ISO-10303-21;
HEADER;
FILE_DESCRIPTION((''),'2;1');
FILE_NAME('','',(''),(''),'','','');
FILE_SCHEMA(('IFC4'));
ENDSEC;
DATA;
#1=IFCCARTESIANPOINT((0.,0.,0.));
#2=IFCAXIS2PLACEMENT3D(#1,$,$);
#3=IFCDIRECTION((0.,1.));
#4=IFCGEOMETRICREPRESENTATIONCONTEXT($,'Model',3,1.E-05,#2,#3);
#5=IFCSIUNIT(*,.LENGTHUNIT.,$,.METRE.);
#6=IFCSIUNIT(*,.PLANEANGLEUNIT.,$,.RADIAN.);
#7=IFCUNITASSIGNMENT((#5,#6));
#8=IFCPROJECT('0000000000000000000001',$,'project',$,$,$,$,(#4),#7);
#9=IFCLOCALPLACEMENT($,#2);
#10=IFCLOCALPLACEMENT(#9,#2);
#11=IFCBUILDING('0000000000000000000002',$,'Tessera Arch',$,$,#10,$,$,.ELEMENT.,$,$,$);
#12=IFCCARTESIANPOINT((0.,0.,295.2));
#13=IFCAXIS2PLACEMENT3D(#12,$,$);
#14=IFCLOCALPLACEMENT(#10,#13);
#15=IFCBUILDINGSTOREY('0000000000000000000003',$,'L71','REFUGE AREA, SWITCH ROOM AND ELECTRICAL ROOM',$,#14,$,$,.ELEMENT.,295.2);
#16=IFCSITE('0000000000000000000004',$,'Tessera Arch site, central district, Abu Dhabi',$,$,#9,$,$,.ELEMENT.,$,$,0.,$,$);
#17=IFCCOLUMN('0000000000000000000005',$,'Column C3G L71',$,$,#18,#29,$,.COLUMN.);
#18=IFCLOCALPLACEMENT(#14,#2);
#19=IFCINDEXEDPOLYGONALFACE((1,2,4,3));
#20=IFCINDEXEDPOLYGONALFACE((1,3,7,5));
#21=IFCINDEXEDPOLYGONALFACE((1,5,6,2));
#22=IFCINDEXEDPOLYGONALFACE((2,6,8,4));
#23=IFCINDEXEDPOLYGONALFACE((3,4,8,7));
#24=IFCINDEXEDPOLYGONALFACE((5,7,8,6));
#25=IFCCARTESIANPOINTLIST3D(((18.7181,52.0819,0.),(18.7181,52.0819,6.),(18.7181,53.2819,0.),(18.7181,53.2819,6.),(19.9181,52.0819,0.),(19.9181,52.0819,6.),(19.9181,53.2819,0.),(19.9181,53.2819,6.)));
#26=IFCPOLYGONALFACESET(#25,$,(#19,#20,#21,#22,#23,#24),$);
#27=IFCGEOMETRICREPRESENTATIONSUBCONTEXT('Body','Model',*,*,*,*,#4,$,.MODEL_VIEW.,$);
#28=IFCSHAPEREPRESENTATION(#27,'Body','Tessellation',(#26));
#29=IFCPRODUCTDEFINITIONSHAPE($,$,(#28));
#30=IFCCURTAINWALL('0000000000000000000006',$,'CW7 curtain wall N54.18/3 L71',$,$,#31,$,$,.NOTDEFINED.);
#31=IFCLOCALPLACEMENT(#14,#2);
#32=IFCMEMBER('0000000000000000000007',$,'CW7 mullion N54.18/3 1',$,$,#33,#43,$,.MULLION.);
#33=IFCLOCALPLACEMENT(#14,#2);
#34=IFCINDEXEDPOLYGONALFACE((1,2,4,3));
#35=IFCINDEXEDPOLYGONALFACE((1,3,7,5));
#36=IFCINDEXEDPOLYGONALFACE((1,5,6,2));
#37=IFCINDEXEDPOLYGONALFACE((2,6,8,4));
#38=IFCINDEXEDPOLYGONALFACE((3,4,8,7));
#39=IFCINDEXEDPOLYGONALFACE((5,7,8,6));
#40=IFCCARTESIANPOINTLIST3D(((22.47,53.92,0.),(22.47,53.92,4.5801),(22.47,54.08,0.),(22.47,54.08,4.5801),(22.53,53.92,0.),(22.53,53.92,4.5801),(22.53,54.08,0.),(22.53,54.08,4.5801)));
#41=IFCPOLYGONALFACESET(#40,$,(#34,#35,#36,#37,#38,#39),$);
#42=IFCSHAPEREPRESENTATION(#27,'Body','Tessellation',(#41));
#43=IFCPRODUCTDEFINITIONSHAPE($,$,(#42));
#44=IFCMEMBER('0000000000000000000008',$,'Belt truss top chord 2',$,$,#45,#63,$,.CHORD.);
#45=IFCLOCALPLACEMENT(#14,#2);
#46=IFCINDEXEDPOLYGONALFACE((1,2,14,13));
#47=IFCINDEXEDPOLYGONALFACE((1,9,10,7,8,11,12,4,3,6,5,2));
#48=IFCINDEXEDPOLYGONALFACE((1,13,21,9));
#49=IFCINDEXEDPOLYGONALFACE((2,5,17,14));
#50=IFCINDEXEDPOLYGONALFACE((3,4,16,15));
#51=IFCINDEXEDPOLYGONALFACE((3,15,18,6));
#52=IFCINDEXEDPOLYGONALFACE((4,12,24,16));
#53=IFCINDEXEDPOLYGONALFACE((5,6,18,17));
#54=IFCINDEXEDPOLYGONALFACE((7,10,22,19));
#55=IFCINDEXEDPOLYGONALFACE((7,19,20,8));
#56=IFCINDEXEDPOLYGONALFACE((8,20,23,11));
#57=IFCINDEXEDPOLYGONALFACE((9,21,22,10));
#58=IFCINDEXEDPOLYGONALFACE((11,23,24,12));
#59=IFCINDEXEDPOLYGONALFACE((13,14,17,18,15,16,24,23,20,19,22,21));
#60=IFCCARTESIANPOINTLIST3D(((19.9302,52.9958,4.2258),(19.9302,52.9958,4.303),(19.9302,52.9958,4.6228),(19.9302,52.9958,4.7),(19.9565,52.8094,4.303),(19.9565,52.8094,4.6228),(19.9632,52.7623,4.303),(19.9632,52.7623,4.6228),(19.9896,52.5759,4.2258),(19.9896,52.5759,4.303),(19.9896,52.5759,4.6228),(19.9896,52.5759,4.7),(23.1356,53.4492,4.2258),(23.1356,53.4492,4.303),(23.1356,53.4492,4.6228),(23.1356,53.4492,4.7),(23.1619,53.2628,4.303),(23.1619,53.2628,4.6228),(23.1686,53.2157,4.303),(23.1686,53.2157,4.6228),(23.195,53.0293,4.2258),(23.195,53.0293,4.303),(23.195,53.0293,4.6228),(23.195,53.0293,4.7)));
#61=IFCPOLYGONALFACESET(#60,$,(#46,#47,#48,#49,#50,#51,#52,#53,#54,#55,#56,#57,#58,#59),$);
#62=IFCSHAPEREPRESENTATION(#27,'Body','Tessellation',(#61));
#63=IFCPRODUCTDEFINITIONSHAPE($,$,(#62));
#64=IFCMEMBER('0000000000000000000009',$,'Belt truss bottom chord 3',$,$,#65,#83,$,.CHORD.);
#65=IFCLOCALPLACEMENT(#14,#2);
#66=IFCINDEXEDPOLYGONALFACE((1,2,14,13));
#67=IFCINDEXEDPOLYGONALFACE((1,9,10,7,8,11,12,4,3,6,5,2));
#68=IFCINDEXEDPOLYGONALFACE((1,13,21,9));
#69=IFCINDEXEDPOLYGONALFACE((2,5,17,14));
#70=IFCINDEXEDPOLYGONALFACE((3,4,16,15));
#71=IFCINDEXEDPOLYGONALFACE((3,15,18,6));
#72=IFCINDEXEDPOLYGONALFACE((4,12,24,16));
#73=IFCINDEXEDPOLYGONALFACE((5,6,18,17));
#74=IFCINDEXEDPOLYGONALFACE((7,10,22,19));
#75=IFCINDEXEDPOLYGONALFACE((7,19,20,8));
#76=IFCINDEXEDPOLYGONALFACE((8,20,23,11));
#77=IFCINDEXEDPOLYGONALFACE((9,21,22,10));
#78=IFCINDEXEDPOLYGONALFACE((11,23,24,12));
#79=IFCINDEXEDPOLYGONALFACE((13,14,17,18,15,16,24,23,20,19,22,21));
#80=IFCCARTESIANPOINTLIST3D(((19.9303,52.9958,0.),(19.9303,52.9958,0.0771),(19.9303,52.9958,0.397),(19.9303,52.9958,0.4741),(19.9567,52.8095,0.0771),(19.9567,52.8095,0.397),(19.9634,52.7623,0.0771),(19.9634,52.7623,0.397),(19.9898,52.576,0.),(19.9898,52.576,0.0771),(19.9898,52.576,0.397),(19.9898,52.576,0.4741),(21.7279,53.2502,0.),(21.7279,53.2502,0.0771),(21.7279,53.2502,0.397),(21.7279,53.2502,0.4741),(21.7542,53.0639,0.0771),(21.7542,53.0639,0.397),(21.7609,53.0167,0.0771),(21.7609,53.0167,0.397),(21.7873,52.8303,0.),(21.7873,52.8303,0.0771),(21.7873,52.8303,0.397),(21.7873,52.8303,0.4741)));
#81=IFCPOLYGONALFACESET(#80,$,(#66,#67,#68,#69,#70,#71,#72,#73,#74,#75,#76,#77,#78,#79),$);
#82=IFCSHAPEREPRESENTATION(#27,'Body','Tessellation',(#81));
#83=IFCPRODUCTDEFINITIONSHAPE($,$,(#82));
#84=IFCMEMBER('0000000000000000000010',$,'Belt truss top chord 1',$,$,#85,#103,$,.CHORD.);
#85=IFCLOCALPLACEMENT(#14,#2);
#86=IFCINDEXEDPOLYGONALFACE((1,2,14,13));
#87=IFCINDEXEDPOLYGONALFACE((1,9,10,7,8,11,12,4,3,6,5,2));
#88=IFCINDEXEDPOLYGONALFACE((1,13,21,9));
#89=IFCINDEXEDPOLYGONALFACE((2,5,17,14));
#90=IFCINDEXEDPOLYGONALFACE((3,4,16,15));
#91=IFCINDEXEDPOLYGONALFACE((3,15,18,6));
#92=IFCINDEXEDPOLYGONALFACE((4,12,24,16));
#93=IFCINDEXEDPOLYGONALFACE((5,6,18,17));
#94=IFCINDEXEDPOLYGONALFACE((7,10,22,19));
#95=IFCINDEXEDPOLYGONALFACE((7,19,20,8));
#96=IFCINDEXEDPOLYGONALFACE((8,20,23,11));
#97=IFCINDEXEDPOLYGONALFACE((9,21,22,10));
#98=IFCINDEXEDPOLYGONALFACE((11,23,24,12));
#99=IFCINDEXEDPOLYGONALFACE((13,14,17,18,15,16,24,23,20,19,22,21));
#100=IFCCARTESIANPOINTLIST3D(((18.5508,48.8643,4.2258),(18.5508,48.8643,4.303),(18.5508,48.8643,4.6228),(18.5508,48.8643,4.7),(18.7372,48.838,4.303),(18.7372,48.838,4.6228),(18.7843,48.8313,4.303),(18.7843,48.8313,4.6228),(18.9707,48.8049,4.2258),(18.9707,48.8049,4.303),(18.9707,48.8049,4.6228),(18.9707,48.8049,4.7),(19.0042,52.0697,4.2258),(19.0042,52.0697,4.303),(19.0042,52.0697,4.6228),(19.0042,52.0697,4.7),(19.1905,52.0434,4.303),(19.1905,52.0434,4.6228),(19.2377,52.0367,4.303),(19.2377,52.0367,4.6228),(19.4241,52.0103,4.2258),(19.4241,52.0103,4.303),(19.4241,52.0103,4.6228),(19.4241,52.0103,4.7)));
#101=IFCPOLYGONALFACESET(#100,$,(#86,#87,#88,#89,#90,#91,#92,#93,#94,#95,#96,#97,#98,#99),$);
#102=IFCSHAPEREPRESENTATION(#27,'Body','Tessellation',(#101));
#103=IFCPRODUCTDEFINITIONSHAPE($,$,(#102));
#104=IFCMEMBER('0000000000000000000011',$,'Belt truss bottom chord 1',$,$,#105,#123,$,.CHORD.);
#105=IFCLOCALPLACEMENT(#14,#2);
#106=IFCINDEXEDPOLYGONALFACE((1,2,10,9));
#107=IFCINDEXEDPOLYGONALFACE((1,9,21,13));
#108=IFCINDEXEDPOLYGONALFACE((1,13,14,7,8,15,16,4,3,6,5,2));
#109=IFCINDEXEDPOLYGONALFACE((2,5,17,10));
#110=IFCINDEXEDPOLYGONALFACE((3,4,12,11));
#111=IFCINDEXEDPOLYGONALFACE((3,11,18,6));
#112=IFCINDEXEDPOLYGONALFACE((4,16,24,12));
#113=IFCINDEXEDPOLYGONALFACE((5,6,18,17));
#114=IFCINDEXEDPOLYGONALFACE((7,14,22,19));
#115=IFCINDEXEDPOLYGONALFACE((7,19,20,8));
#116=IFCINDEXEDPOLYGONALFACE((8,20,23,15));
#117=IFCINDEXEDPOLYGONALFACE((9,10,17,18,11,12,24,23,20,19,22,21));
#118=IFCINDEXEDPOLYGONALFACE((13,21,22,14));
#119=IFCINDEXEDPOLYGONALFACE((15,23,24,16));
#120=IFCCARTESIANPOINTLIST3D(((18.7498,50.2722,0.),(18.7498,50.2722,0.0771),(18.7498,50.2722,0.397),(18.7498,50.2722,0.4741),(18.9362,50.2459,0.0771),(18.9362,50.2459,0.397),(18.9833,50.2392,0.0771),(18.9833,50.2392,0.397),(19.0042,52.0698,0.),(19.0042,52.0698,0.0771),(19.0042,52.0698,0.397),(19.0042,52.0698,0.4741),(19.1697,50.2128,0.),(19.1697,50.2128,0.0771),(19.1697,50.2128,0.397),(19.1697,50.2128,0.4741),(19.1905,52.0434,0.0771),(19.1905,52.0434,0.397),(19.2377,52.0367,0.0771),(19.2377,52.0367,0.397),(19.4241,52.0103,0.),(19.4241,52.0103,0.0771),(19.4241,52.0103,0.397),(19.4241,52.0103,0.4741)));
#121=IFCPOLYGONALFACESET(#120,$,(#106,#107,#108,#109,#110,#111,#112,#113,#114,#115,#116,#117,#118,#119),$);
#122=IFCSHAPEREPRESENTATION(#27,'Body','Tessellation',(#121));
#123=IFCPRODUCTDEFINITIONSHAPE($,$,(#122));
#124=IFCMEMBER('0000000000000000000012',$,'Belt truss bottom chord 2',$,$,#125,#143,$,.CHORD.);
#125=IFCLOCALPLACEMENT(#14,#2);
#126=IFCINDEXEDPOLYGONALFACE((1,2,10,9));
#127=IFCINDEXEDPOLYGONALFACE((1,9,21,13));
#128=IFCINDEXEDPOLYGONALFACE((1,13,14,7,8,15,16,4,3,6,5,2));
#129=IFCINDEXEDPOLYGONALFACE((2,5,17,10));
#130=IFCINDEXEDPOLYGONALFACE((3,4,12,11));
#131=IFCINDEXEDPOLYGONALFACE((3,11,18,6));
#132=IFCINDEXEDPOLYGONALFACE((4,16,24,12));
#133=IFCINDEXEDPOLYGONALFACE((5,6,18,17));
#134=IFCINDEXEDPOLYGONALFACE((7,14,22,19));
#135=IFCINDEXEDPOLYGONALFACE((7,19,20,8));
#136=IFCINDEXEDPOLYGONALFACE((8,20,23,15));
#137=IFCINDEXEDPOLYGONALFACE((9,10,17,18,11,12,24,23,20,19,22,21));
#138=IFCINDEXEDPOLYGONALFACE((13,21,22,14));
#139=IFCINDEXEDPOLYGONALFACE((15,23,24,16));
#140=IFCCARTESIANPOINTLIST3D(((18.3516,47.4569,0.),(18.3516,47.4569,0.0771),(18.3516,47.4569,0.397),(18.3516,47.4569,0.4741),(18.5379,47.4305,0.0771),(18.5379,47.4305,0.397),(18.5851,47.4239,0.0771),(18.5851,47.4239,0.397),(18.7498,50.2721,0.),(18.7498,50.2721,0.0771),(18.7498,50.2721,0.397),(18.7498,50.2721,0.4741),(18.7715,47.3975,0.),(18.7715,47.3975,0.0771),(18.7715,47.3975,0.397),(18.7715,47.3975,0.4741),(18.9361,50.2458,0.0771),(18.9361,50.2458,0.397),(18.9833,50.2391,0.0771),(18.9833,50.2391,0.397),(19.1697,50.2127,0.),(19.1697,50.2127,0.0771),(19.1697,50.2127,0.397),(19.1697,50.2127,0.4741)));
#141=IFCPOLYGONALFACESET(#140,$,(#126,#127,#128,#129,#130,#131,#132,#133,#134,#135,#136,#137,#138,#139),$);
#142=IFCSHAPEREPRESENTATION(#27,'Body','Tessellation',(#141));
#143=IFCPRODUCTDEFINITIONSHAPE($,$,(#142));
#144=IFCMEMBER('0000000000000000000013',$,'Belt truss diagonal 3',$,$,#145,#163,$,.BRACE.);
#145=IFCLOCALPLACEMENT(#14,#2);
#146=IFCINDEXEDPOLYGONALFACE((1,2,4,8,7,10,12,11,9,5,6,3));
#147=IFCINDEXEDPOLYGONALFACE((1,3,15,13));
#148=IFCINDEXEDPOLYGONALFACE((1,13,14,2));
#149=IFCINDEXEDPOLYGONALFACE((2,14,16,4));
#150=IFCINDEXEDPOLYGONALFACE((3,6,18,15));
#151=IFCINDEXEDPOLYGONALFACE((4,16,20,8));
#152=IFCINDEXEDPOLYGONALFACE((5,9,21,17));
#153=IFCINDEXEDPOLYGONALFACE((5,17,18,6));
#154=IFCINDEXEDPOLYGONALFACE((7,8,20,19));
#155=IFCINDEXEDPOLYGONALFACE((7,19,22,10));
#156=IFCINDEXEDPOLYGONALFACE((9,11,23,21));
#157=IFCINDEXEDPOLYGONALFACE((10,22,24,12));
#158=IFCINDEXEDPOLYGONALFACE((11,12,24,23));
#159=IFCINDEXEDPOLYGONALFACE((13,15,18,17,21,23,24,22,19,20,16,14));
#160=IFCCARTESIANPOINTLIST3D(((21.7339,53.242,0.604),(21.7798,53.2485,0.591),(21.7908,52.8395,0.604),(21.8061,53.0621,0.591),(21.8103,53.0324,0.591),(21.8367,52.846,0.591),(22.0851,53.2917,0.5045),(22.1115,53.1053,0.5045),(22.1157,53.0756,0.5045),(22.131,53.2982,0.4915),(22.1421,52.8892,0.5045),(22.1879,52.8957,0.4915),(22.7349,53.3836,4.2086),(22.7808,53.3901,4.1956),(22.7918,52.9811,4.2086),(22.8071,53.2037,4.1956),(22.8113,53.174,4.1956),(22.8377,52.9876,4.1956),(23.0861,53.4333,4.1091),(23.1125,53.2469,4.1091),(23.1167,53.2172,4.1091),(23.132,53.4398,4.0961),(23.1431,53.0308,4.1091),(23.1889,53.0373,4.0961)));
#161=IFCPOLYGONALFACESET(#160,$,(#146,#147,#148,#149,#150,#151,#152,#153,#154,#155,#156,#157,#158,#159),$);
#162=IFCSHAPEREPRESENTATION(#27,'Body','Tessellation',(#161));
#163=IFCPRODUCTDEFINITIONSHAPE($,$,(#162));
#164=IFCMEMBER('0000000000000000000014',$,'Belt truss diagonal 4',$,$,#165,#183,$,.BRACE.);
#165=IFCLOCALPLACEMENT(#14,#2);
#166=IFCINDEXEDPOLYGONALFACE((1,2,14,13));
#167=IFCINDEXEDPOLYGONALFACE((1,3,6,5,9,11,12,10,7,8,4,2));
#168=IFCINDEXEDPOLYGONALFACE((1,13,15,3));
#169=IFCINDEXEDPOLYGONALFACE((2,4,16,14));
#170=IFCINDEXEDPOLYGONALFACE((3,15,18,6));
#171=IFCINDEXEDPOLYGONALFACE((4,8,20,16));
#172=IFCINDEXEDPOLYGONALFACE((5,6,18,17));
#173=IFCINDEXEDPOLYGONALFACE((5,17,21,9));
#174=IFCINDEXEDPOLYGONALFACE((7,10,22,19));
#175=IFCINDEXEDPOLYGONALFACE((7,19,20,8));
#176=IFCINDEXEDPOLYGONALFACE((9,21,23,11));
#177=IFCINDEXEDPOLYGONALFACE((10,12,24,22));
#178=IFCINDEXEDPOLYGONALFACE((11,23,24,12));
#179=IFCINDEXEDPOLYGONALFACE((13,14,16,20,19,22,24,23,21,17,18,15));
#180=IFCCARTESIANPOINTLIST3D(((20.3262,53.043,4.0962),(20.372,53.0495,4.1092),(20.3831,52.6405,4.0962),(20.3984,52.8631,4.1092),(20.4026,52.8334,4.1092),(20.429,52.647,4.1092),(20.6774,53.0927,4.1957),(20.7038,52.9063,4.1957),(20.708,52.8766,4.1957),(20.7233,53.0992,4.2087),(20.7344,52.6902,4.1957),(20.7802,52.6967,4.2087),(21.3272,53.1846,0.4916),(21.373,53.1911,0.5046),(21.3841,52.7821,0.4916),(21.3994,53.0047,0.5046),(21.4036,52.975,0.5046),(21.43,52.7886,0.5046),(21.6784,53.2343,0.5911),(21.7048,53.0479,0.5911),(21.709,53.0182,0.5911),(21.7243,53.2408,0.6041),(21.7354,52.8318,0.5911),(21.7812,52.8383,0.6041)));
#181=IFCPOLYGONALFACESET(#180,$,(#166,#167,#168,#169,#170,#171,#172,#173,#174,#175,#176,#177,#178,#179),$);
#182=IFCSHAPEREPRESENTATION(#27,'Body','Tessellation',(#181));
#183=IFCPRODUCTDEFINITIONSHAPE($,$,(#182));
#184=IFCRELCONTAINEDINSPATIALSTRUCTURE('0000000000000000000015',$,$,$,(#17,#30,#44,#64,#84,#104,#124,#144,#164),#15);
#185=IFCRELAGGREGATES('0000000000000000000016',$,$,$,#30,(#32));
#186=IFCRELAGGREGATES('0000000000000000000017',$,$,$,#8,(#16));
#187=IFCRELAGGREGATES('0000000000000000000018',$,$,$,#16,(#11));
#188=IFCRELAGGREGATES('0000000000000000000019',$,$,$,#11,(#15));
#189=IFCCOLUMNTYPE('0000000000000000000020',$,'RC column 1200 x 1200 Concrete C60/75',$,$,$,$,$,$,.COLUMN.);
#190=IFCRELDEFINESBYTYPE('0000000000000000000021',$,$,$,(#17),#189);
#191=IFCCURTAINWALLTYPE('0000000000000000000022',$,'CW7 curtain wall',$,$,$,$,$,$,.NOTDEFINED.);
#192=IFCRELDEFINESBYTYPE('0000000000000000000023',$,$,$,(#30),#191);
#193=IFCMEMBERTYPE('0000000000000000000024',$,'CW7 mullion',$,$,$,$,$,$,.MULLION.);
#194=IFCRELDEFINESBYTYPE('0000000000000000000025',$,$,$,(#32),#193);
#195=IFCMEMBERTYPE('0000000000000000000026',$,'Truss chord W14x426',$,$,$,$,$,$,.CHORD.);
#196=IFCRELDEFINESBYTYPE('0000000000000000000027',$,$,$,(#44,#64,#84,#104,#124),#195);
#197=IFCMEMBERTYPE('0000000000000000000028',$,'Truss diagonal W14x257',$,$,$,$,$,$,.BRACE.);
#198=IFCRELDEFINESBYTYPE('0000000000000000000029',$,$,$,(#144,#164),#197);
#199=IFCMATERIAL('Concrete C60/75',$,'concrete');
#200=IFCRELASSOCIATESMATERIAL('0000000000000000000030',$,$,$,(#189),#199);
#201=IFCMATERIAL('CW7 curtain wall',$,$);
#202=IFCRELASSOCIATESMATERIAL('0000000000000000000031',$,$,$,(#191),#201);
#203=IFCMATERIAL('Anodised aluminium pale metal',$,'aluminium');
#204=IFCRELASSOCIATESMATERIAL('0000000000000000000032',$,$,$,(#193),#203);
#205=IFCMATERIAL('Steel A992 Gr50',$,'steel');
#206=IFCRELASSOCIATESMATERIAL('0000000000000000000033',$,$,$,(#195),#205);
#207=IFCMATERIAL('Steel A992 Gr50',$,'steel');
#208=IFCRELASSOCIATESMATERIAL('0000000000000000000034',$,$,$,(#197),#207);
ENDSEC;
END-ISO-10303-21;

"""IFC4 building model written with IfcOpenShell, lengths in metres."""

from ifc_helpers import new_model, si_unit, direction, frame, origin, origin_2d, place, context, subcontext, project, spatial, rectangle, i_section, extrude, material, material_profile, profile_set, type_object, element, aggregate, save


model = new_model("IFC4")

# Units and contexts
model_context = context("Model", 3, precision=1e-05, world=origin(), true_north=direction((0.0, 1.0)))
body_context = subcontext(model_context, "Body", "Model", "MODEL_VIEW")
ifc_project = project(units=[si_unit("LENGTHUNIT", "METRE"), si_unit("PLANEANGLEUNIT", "RADIAN")], contexts=[model_context])

# Site, building, storey
site_placement = place(None, origin())
site = spatial("IfcSite", under=ifc_project, at=site_placement, Name="Tessera Arch site, central district, Abu Dhabi", CompositionType="ELEMENT", RefElevation=0.0)
building_placement = place(site_placement, origin())
building = spatial("IfcBuilding", under=site, at=building_placement, Name="Tessera Arch", CompositionType="ELEMENT")
storey_placement = place(building_placement, frame((0.0, 0.0, 295.2)))
storey = spatial("IfcBuildingStorey", under=building, at=storey_placement, Name="L71", Description="REFUGE AREA, SWITCH ROOM AND ELECTRICAL ROOM", CompositionType="ELEMENT", Elevation=295.2)

# Column
ifc_material_1 = material(Name="Concrete C60/75", Category="concrete")
ifc_material_profile_1 = material_profile(ifc_material_1, rectangle(XDim=1.2, YDim=1.2, at=origin_2d()), Name="RC column 1200 x 1200 Concrete C60/75")
ifc_profile_set_1 = profile_set([ifc_material_profile_1], Name="Concrete C60/75")
column_type = type_object("IfcColumnType", Name="RC column 1200 x 1200 Concrete C60/75", PredefinedType="COLUMN", material=ifc_profile_set_1)
column_placement = place(storey_placement, frame((19.3181, 52.6819, 0.0), z_axis=(0.0, 0.0, 1.0), x_axis=(1.0, 0.0, 0.0)))
element("IfcColumn", 1, at=column_placement, inside=storey, type_object=column_type, Name="Column C3G L71", PredefinedType="COLUMN", context=body_context, shape_type="SweptSolid", body=[
    extrude(rectangle(XDim=1.2, YDim=1.2, at=origin_2d()), origin(), (0.0, 0.0, 1.0), 6.0),
])

# Curtain wall, member
ifc_material_2 = material(Name="CW7 curtain wall")
curtain_wall_type = type_object("IfcCurtainWallType", Name="CW7 curtain wall", PredefinedType="NOTDEFINED", material=ifc_material_2)
curtain_wall_placement = place(storey_placement, origin())
curtain_wall = element("IfcCurtainWall", 2, at=curtain_wall_placement, inside=storey, type_object=curtain_wall_type, Name="CW7 curtain wall N54.18/3 L71", PredefinedType="NOTDEFINED")
ifc_material_3 = material(Name="Anodised aluminium pale metal", Category="aluminium")
ifc_material_profile_2 = material_profile(ifc_material_3, rectangle(XDim=0.1599, YDim=0.0601, at=origin_2d()), Name="AL 60x160")
ifc_profile_set_2 = profile_set([ifc_material_profile_2], Name="Anodised aluminium pale metal")
member_type_1 = type_object("IfcMemberType", Name="CW7 mullion", PredefinedType="MULLION", material=ifc_profile_set_2)
member_1_placement = place(storey_placement, frame((22.5, 54.0, 0.0), z_axis=(0.0, 0.0, 1.0), x_axis=(0.0, -1.0, 0.0)))
member_1 = element("IfcMember", 3, at=member_1_placement, type_object=member_type_1, Name="CW7 mullion N54.18/3 1", PredefinedType="MULLION", context=body_context, shape_type="SweptSolid", body=[
    extrude(rectangle(XDim=0.1599, YDim=0.0601, at=origin_2d()), origin(), (0.0, 0.0, 1.0), 4.5801),
])
aggregate(curtain_wall, [member_1])

# Members
ifc_material_4 = material(Name="Steel A992 Gr50", Category="steel")
ifc_material_profile_3 = material_profile(ifc_material_4, i_section(OverallWidth=0.4241, OverallDepth=0.4741, WebThickness=0.0476, FlangeThickness=0.0771, at=origin_2d()), Name="W14x426")
ifc_profile_set_3 = profile_set([ifc_material_profile_3], Name="Steel A992 Gr50")
member_type_2 = type_object("IfcMemberType", Name="Truss chord W14x426", PredefinedType="CHORD", material=ifc_profile_set_3)
member_2_placement = place(storey_placement, frame((23.1653, 53.2393, 4.4629), z_axis=(-0.990145, -0.140049, 0.0), x_axis=(0.140049, -0.990145, 0.0)))
element("IfcMember", 4, at=member_2_placement, inside=storey, type_object=member_type_2, Name="Belt truss top chord 2", PredefinedType="CHORD", context=body_context, shape_type="SweptSolid", body=[
    extrude(i_section(OverallWidth=0.4241, OverallDepth=0.4741, WebThickness=0.0476, FlangeThickness=0.0771, at=origin_2d()), origin(), (0.0, 0.0, 1.0), 3.2373),
])
member_3_placement = place(storey_placement, frame((21.7576, 53.0403, 0.2371), z_axis=(-0.990134, -0.140122, 0.0), x_axis=(0.140122, -0.990134, 0.0)))
element("IfcMember", 5, at=member_3_placement, inside=storey, type_object=member_type_2, Name="Belt truss bottom chord 3", PredefinedType="CHORD", context=body_context, shape_type="SweptSolid", body=[
    extrude(i_section(OverallWidth=0.4241, OverallDepth=0.4741, WebThickness=0.0476, FlangeThickness=0.0771, at=origin_2d()), origin(), (0.0, 0.0, 1.0), 1.8154),
])
member_4_placement = place(storey_placement, frame((19.2141, 52.04, 4.4629), z_axis=(-0.140049, -0.990145, 0.0), x_axis=(0.990145, -0.140049, 0.0)))
element("IfcMember", 6, at=member_4_placement, inside=storey, type_object=member_type_2, Name="Belt truss top chord 1", PredefinedType="CHORD", context=body_context, shape_type="SweptSolid", body=[
    extrude(i_section(OverallWidth=0.4241, OverallDepth=0.4741, WebThickness=0.0476, FlangeThickness=0.0771, at=origin_2d()), origin(), (0.0, 0.0, 1.0), 3.2373),
])
member_5_placement = place(storey_placement, frame((19.2141, 52.04, 0.2371), z_axis=(-0.140122, -0.990134, 0.0), x_axis=(0.990134, -0.140122, 0.0)))
element("IfcMember", 7, at=member_5_placement, inside=storey, type_object=member_type_2, Name="Belt truss bottom chord 1", PredefinedType="CHORD", context=body_context, shape_type="SweptSolid", body=[
    extrude(i_section(OverallWidth=0.4241, OverallDepth=0.4741, WebThickness=0.0476, FlangeThickness=0.0771, at=origin_2d()), origin(), (0.0, 0.0, 1.0), 1.8154),
])
member_6_placement = place(storey_placement, frame((18.9597, 50.2424, 0.2371), z_axis=(-0.140051, -0.990144, 0.0), x_axis=(0.990144, -0.140051, 0.0)))
element("IfcMember", 8, at=member_6_placement, inside=storey, type_object=member_type_2, Name="Belt truss bottom chord 2", PredefinedType="CHORD", context=body_context, shape_type="SweptSolid", body=[
    extrude(i_section(OverallWidth=0.4241, OverallDepth=0.4741, WebThickness=0.0476, FlangeThickness=0.0771, at=origin_2d()), origin(), (0.0, 0.0, 1.0), 2.8433),
])
ifc_material_5 = material(Name="Steel A992 Gr50", Category="steel")
ifc_material_profile_4 = material_profile(ifc_material_5, i_section(OverallWidth=0.4065, OverallDepth=0.4165, WebThickness=0.03, FlangeThickness=0.0481, at=origin_2d()), Name="W14x257")
ifc_profile_set_4 = profile_set([ifc_material_profile_4], Name="Steel A992 Gr50")
member_type_3 = type_object("IfcMemberType", Name="Truss diagonal W14x257", PredefinedType="BRACE", material=ifc_profile_set_4)
for number, where, z_axis, x_axis, name in (
    (9, (22.9619, 53.2104, 4.1523), (-0.267385, -0.037825, -0.962847), (0.140069, -0.990142, 0.0), "Belt truss diagonal 3"),
    (10, (21.5542, 53.0115, 0.5479), (-0.267385, -0.037825, 0.962847), (0.140069, -0.990142, 0.0), "Belt truss diagonal 4"),
):
    element("IfcMember", number, at=place(storey_placement, frame(where, z_axis=z_axis, x_axis=x_axis)), inside=storey, type_object=member_type_3, Name=name, PredefinedType="BRACE", context=body_context, shape_type="SweptSolid", body=[
        extrude(i_section(OverallWidth=0.4065, OverallDepth=0.4165, WebThickness=0.03, FlangeThickness=0.0481, at=origin_2d()), origin(), (0.0, 0.0, 1.0), 3.7437),
    ])

save(model, "model.ifc")
